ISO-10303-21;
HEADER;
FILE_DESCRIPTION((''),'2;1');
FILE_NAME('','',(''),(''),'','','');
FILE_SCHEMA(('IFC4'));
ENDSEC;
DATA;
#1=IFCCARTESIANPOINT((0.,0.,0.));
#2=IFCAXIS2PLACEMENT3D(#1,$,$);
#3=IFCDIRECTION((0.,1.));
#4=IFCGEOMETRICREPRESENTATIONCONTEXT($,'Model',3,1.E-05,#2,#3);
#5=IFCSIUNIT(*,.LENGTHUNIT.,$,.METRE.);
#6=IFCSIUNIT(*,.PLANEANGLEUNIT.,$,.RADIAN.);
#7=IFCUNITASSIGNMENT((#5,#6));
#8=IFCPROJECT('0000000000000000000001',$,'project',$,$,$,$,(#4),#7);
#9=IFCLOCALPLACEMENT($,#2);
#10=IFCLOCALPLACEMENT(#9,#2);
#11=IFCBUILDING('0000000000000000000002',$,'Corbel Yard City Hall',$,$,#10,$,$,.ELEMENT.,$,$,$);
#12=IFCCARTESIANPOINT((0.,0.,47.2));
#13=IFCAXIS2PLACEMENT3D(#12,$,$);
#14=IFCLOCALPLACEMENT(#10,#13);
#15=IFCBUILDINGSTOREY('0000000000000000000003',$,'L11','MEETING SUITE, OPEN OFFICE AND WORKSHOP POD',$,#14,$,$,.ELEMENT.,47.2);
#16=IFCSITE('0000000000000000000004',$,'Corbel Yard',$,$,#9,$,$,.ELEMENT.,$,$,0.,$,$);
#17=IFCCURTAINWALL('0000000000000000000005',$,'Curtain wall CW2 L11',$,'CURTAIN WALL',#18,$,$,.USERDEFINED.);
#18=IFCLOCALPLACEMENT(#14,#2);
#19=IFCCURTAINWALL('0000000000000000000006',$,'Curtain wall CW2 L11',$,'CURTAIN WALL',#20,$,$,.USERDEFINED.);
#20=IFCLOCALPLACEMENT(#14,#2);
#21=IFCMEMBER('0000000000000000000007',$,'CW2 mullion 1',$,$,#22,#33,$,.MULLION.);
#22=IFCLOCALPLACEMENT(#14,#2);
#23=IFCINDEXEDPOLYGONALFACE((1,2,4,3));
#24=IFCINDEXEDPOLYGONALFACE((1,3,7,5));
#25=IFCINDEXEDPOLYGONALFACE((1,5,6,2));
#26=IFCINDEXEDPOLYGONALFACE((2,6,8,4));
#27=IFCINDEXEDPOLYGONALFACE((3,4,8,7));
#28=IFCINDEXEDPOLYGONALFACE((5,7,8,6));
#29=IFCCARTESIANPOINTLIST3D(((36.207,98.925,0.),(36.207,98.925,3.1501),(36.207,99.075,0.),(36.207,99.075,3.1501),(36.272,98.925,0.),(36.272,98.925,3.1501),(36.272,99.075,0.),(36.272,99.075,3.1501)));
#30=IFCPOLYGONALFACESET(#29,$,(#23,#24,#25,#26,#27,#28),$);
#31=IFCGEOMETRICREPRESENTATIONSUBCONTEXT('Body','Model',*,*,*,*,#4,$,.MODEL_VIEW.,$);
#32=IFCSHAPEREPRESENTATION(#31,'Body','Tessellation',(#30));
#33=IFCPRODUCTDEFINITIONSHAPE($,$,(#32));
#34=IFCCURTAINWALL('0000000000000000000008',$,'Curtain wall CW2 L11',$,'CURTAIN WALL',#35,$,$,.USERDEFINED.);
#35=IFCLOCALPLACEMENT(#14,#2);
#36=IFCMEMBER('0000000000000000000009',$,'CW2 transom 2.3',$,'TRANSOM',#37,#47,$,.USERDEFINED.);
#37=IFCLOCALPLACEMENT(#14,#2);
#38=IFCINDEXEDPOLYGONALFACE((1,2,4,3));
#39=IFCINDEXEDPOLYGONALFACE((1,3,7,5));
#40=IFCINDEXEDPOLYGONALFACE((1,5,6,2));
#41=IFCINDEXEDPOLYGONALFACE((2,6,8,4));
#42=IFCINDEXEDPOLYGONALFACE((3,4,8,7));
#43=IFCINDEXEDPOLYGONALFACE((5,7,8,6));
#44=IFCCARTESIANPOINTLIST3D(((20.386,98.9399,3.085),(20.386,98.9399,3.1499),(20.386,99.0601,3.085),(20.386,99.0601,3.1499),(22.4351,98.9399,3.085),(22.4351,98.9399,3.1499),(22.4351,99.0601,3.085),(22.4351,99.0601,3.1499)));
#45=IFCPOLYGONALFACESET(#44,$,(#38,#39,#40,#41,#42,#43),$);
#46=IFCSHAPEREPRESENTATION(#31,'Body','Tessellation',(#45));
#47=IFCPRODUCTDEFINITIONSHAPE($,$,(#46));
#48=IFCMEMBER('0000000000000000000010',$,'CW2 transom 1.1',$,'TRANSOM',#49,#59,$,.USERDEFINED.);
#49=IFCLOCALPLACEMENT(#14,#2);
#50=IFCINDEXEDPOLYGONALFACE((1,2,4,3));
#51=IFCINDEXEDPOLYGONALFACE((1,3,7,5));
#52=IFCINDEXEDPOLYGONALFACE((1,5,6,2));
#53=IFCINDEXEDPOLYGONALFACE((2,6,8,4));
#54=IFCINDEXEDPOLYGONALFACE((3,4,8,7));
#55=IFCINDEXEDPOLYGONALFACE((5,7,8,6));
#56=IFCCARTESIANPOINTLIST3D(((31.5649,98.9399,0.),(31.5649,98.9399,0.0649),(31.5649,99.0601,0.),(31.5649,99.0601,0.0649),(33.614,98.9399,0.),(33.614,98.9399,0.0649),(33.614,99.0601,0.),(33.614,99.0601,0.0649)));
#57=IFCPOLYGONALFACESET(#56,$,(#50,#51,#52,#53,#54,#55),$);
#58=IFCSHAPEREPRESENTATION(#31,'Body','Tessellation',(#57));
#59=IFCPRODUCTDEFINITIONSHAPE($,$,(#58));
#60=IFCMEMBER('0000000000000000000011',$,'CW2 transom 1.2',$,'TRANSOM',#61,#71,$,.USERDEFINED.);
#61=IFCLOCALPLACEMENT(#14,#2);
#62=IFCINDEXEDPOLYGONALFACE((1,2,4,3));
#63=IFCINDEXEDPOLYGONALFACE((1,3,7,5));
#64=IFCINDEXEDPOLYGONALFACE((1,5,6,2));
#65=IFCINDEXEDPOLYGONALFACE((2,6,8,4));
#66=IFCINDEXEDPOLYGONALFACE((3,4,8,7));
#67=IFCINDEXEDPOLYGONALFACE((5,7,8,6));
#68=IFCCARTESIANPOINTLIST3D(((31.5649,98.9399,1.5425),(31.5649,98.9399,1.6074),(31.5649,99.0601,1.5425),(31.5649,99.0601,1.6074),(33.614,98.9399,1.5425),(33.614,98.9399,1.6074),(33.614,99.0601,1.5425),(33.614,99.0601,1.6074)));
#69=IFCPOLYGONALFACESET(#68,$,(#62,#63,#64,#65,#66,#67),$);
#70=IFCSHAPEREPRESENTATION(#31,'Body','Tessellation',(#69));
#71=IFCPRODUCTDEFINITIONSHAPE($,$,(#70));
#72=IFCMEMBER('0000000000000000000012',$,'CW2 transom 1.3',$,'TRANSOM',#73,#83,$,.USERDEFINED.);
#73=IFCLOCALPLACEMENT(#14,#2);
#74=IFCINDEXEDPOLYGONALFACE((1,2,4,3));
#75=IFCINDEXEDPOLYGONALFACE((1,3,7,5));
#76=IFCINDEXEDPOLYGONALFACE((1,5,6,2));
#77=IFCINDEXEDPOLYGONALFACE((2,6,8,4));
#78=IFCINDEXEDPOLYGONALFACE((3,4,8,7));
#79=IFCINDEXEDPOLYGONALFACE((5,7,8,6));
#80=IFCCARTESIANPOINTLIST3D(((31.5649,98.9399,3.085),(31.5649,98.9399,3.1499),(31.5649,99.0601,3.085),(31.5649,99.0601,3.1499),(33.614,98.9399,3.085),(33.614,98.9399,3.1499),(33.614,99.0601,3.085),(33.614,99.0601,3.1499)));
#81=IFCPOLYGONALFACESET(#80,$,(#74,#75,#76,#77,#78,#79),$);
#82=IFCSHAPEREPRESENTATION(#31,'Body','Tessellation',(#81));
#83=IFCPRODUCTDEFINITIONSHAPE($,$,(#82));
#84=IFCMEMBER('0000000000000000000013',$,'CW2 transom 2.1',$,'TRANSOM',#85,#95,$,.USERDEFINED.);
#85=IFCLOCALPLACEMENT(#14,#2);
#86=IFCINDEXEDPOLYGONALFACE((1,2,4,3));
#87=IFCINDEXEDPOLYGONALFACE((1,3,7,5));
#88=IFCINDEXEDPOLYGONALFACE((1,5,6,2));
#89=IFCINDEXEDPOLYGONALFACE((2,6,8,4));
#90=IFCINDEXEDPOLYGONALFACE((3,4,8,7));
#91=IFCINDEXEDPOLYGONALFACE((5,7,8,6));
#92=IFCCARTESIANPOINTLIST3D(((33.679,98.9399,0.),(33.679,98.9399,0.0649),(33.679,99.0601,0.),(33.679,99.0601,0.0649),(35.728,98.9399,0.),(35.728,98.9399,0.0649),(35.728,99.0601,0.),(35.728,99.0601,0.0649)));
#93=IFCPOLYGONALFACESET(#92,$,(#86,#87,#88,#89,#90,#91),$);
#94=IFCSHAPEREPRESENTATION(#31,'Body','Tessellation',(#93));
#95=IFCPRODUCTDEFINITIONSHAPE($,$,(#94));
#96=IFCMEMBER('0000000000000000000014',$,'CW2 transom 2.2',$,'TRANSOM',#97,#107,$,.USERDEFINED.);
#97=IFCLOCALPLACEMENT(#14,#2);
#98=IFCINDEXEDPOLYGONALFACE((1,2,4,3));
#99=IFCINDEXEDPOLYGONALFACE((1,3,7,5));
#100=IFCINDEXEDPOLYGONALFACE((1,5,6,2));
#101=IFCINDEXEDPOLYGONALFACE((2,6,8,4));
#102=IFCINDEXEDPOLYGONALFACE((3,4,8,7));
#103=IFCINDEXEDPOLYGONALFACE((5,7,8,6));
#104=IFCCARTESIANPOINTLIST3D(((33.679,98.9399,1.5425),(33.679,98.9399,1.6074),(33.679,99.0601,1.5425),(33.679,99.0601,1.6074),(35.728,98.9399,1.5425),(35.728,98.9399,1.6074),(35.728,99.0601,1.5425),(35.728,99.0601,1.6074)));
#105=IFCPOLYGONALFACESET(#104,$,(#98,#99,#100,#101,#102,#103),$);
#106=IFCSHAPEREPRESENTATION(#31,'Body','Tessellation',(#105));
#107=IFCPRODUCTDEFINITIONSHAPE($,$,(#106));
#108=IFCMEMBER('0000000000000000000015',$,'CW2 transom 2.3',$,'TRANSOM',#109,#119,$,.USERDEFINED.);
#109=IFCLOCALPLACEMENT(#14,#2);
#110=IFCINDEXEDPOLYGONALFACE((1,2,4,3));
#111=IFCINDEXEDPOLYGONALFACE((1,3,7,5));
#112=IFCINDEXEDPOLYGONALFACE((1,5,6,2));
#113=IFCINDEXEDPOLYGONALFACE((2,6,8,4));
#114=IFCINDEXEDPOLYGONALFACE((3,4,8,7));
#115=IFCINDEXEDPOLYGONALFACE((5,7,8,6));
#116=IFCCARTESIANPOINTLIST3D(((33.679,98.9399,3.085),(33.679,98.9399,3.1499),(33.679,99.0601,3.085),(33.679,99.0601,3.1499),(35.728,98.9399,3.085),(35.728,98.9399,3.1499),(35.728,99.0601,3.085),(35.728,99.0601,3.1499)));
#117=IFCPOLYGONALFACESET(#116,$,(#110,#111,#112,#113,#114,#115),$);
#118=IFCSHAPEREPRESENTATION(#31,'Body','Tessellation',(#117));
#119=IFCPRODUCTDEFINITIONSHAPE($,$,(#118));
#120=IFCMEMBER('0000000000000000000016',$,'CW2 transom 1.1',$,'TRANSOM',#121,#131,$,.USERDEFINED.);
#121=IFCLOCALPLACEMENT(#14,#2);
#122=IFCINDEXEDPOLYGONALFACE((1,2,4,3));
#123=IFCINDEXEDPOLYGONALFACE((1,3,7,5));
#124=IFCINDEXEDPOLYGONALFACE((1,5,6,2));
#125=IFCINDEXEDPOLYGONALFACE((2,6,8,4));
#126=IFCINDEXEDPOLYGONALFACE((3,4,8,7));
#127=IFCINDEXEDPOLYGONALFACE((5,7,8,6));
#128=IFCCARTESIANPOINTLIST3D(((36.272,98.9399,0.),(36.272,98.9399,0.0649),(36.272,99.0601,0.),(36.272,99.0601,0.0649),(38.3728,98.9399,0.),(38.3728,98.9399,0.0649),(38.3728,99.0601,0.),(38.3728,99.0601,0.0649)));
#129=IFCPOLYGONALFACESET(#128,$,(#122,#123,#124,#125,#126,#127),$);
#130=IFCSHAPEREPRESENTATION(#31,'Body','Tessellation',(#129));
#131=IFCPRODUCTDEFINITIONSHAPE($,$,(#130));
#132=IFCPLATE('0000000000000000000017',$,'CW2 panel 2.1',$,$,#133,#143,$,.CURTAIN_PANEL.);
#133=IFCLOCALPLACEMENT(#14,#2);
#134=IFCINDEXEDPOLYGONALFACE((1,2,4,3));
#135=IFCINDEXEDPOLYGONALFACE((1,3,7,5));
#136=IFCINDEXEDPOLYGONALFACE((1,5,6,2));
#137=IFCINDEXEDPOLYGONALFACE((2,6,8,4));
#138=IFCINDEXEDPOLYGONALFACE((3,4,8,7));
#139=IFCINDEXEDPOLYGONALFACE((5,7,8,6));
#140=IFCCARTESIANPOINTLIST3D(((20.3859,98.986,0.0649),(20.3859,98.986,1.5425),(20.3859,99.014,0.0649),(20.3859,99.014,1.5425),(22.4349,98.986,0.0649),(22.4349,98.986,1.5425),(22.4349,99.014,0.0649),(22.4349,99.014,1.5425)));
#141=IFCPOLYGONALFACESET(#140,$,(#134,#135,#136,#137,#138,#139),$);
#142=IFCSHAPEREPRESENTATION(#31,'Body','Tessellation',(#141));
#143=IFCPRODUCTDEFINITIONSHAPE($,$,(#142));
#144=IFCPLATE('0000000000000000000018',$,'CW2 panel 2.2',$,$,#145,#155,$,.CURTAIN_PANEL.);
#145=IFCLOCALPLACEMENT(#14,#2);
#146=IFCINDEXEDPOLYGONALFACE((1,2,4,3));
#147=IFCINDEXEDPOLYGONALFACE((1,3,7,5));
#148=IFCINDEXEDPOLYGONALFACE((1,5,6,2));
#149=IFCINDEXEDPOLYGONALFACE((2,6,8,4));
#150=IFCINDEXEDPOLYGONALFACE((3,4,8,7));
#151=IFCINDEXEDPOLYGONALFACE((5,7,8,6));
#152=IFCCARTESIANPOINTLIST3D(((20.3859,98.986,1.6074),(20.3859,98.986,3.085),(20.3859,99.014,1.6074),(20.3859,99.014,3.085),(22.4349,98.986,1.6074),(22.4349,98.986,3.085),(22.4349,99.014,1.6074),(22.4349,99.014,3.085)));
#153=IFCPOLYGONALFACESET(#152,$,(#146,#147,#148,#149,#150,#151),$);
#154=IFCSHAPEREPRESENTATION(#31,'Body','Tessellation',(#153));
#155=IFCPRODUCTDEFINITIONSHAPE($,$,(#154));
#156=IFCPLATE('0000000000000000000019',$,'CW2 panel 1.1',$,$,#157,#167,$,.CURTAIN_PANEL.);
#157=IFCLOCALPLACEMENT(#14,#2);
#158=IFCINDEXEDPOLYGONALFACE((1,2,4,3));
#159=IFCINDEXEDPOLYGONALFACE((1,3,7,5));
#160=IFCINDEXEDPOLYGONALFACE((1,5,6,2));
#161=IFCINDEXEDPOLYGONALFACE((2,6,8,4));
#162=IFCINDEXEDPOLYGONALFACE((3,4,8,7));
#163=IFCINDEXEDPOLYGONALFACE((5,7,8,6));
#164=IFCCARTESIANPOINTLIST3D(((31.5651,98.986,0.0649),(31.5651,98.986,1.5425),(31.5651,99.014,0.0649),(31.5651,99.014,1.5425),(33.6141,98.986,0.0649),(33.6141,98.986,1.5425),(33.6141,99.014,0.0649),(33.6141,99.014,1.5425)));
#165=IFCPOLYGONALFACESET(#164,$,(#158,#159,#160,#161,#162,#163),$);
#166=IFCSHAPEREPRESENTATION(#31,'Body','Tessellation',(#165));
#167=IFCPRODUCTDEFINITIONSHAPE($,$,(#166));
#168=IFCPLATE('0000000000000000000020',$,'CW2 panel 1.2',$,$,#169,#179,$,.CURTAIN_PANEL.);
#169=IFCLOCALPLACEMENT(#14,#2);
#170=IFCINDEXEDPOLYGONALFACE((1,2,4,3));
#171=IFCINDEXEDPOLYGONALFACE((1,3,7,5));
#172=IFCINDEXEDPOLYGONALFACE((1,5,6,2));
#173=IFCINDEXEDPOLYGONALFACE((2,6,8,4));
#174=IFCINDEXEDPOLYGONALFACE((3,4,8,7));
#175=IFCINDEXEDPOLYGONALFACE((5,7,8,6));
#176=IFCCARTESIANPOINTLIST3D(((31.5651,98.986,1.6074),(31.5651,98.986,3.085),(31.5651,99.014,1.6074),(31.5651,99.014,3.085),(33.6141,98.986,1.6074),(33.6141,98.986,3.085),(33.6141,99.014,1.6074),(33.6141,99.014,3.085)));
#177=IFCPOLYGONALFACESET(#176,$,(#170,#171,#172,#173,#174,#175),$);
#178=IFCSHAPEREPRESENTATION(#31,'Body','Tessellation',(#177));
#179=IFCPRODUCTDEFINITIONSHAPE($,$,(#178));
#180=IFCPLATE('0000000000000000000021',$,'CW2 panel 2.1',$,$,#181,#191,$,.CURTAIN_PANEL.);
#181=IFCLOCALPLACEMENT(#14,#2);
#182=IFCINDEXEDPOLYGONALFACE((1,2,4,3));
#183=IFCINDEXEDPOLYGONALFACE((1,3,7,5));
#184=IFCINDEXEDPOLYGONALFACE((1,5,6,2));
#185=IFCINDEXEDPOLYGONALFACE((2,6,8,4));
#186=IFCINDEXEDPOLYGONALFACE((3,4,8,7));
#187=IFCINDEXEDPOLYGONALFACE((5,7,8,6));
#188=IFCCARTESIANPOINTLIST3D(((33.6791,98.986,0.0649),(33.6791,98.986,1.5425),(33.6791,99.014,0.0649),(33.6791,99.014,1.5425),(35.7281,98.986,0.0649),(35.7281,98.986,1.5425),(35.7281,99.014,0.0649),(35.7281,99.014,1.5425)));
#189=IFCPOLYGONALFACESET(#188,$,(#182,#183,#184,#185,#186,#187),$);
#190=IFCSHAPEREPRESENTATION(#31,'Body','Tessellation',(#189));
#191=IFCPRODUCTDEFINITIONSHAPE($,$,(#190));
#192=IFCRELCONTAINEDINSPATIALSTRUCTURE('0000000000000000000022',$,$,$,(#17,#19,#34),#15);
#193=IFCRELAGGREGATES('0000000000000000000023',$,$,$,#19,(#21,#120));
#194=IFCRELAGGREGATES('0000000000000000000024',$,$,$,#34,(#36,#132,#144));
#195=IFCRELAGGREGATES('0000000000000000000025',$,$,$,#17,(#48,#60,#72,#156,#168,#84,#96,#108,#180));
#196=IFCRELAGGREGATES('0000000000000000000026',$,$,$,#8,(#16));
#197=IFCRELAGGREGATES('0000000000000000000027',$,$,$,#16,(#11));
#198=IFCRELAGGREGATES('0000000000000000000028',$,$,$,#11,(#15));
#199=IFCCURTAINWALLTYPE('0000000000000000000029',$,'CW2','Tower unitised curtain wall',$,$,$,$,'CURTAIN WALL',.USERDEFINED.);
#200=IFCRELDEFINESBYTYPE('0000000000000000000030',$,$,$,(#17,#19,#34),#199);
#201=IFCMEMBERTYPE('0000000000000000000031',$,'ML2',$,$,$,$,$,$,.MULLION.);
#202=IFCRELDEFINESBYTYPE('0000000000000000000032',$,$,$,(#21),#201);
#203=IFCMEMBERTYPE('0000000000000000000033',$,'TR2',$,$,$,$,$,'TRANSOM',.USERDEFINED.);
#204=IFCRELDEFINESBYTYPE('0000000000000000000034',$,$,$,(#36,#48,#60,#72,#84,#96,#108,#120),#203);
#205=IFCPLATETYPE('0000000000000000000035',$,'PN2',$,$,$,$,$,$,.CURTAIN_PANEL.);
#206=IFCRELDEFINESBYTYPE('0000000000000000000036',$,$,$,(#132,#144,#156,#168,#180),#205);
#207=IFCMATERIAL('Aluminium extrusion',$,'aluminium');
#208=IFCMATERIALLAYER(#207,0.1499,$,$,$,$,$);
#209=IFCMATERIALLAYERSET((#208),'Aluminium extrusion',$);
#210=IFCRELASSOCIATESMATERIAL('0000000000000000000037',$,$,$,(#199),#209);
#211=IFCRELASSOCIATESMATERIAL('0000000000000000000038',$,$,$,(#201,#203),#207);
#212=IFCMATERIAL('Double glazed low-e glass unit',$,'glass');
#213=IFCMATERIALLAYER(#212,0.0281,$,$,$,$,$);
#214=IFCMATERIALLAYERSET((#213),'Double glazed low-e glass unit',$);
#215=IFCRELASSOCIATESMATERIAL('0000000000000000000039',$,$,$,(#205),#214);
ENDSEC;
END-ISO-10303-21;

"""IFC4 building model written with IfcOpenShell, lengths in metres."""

from ifc_helpers import new_model, si_unit, direction, frame, origin, origin_2d, place, context, subcontext, project, spatial, rectangle, extrude, material, layer, layer_set, material_profile, profile_set, type_object, element, aggregate, save


model = new_model("IFC4")

# Units and contexts
model_context = context("Model", 3, precision=1e-05, world=origin(), true_north=direction((0.0, 1.0)))
body_context = subcontext(model_context, "Body", "Model", "MODEL_VIEW")
ifc_project = project(units=[si_unit("LENGTHUNIT", "METRE"), si_unit("PLANEANGLEUNIT", "RADIAN")], contexts=[model_context])

# Site, building, storey
site_placement = place(None, origin())
site = spatial("IfcSite", under=ifc_project, at=site_placement, Name="Corbel Yard", CompositionType="ELEMENT", RefElevation=0.0)
building_placement = place(site_placement, origin())
building = spatial("IfcBuilding", under=site, at=building_placement, Name="Corbel Yard City Hall", CompositionType="ELEMENT")
storey_placement = place(building_placement, frame((0.0, 0.0, 47.2)))
storey = spatial("IfcBuildingStorey", under=building, at=storey_placement, Name="L11", Description="MEETING SUITE, OPEN OFFICE AND WORKSHOP POD", CompositionType="ELEMENT", Elevation=47.2)

# Curtain wall
ifc_material_1 = material(Name="Aluminium extrusion", Category="aluminium")
ifc_layer_1 = layer(ifc_material_1, 0.1499)
ifc_layer_set_1 = layer_set([ifc_layer_1], Name="Aluminium extrusion")
curtain_wall_type = type_object("IfcCurtainWallType", Name="CW2", Description="Tower unitised curtain wall", ElementType="CURTAIN WALL", PredefinedType="USERDEFINED", material=ifc_layer_set_1)
curtain_wall_1_placement = place(storey_placement, origin())
curtain_wall_1 = element("IfcCurtainWall", 1, at=curtain_wall_1_placement, inside=storey, type_object=curtain_wall_type, Name="Curtain wall CW2 L11", ObjectType="CURTAIN WALL", PredefinedType="USERDEFINED")
ifc_material_profile_1 = material_profile(ifc_material_1, rectangle(XDim=0.1499, YDim=0.0649, at=origin_2d()), Name="150x65")
ifc_profile_set_1 = profile_set([ifc_material_profile_1], Name="Aluminium extrusion")
member_type_1 = type_object("IfcMemberType", Name="ML2", PredefinedType="MULLION", material=ifc_profile_set_1)

# Curtain walls, members
curtain_wall_2_placement = place(storey_placement, origin())
curtain_wall_2 = element("IfcCurtainWall", 2, at=curtain_wall_2_placement, inside=storey, type_object=curtain_wall_type, Name="Curtain wall CW2 L11", ObjectType="CURTAIN WALL", PredefinedType="USERDEFINED")
member_1_placement = place(storey_placement, frame((36.2395, 99.0, 0.0), z_axis=(0.0, 0.0, 1.0), x_axis=(0.0, 1.0, 0.0)))
member_1 = element("IfcMember", 3, at=member_1_placement, type_object=member_type_1, Name="CW2 mullion 1", PredefinedType="MULLION", context=body_context, shape_type="SweptSolid", body=[
    extrude(rectangle(XDim=0.1499, YDim=0.0649, at=origin_2d()), origin(), (0.0, 0.0, 1.0), 3.1501),
])
curtain_wall_3_placement = place(storey_placement, origin())
curtain_wall_3 = element("IfcCurtainWall", 4, at=curtain_wall_3_placement, inside=storey, type_object=curtain_wall_type, Name="Curtain wall CW2 L11", ObjectType="CURTAIN WALL", PredefinedType="USERDEFINED")
ifc_material_profile_2 = material_profile(ifc_material_1, rectangle(XDim=0.1201, YDim=0.0649, at=origin_2d()), Name="120x65")
ifc_profile_set_2 = profile_set([ifc_material_profile_2], Name="Aluminium extrusion")
member_type_2 = type_object("IfcMemberType", Name="TR2", ElementType="TRANSOM", PredefinedType="USERDEFINED", material=ifc_profile_set_2)
member_2_placement = place(storey_placement, frame((20.386, 99.0, 3.1174), z_axis=(1.0, 0.0, 0.0), x_axis=(0.0, 1.0, 0.0)))
member_2 = element("IfcMember", 5, at=member_2_placement, type_object=member_type_2, Name="CW2 transom 2.3", ObjectType="TRANSOM", PredefinedType="USERDEFINED", context=body_context, shape_type="SweptSolid", body=[
    extrude(rectangle(XDim=0.1201, YDim=0.0649, at=origin_2d()), origin(), (0.0, 0.0, 1.0), 2.0491),
])

# Members
member_3_placement = place(storey_placement, frame((31.5649, 99.0, 0.0325), z_axis=(1.0, 0.0, 0.0), x_axis=(0.0, 1.0, 0.0)))
member_3 = element("IfcMember", 6, at=member_3_placement, type_object=member_type_2, Name="CW2 transom 1.1", ObjectType="TRANSOM", PredefinedType="USERDEFINED", context=body_context, shape_type="SweptSolid", body=[
    extrude(rectangle(XDim=0.1201, YDim=0.0649, at=origin_2d()), origin(), (0.0, 0.0, 1.0), 2.0491),
])
member_4_placement = place(storey_placement, frame((31.5649, 99.0, 1.575), z_axis=(1.0, 0.0, 0.0), x_axis=(0.0, 1.0, 0.0)))
member_4 = element("IfcMember", 7, at=member_4_placement, type_object=member_type_2, Name="CW2 transom 1.2", ObjectType="TRANSOM", PredefinedType="USERDEFINED", context=body_context, shape_type="SweptSolid", body=[
    extrude(rectangle(XDim=0.1201, YDim=0.0649, at=origin_2d()), origin(), (0.0, 0.0, 1.0), 2.0491),
])
member_5_placement = place(storey_placement, frame((31.5649, 99.0, 3.1174), z_axis=(1.0, 0.0, 0.0), x_axis=(0.0, 1.0, 0.0)))
member_5 = element("IfcMember", 8, at=member_5_placement, type_object=member_type_2, Name="CW2 transom 1.3", ObjectType="TRANSOM", PredefinedType="USERDEFINED", context=body_context, shape_type="SweptSolid", body=[
    extrude(rectangle(XDim=0.1201, YDim=0.0649, at=origin_2d()), origin(), (0.0, 0.0, 1.0), 2.0491),
])
member_6_placement = place(storey_placement, frame((33.679, 99.0, 0.0325), z_axis=(1.0, 0.0, 0.0), x_axis=(0.0, 1.0, 0.0)))
member_6 = element("IfcMember", 9, at=member_6_placement, type_object=member_type_2, Name="CW2 transom 2.1", ObjectType="TRANSOM", PredefinedType="USERDEFINED", context=body_context, shape_type="SweptSolid", body=[
    extrude(rectangle(XDim=0.1201, YDim=0.0649, at=origin_2d()), origin(), (0.0, 0.0, 1.0), 2.0491),
])
member_7_placement = place(storey_placement, frame((33.679, 99.0, 1.575), z_axis=(1.0, 0.0, 0.0), x_axis=(0.0, 1.0, 0.0)))
member_7 = element("IfcMember", 10, at=member_7_placement, type_object=member_type_2, Name="CW2 transom 2.2", ObjectType="TRANSOM", PredefinedType="USERDEFINED", context=body_context, shape_type="SweptSolid", body=[
    extrude(rectangle(XDim=0.1201, YDim=0.0649, at=origin_2d()), origin(), (0.0, 0.0, 1.0), 2.0491),
])
member_8_placement = place(storey_placement, frame((33.679, 99.0, 3.1174), z_axis=(1.0, 0.0, 0.0), x_axis=(0.0, 1.0, 0.0)))
member_8 = element("IfcMember", 11, at=member_8_placement, type_object=member_type_2, Name="CW2 transom 2.3", ObjectType="TRANSOM", PredefinedType="USERDEFINED", context=body_context, shape_type="SweptSolid", body=[
    extrude(rectangle(XDim=0.1201, YDim=0.0649, at=origin_2d()), origin(), (0.0, 0.0, 1.0), 2.0491),
])
member_9_placement = place(storey_placement, frame((36.272, 99.0, 0.0325), z_axis=(1.0, 0.0, 0.0), x_axis=(0.0, 1.0, 0.0)))
member_9 = element("IfcMember", 12, at=member_9_placement, type_object=member_type_2, Name="CW2 transom 1.1", ObjectType="TRANSOM", PredefinedType="USERDEFINED", context=body_context, shape_type="SweptSolid", body=[
    extrude(rectangle(XDim=0.1201, YDim=0.0649, at=origin_2d()), origin(), (0.0, 0.0, 1.0), 2.1008),
])
aggregate(curtain_wall_2, [member_1, member_9])

# Plates
ifc_material_2 = material(Name="Double glazed low-e glass unit", Category="glass")
ifc_layer_2 = layer(ifc_material_2, 0.0281)
ifc_layer_set_2 = layer_set([ifc_layer_2], Name="Double glazed low-e glass unit")
plate_type = type_object("IfcPlateType", Name="PN2", PredefinedType="CURTAIN_PANEL", material=ifc_layer_set_2)
plate_1_placement = place(storey_placement, frame((21.4104, 99.0, 0.0649), z_axis=(0.0, 0.0, 1.0), x_axis=(1.0, 0.0, 0.0)))
plate_1 = element("IfcPlate", 13, at=plate_1_placement, type_object=plate_type, Name="CW2 panel 2.1", PredefinedType="CURTAIN_PANEL", context=body_context, shape_type="SweptSolid", body=[
    extrude(rectangle(XDim=2.0491, YDim=0.0281, at=origin_2d()), origin(), (0.0, 0.0, 1.0), 1.4775),
])
plate_2_placement = place(storey_placement, frame((21.4104, 99.0, 1.6074), z_axis=(0.0, 0.0, 1.0), x_axis=(1.0, 0.0, 0.0)))
plate_2 = element("IfcPlate", 14, at=plate_2_placement, type_object=plate_type, Name="CW2 panel 2.2", PredefinedType="CURTAIN_PANEL", context=body_context, shape_type="SweptSolid", body=[
    extrude(rectangle(XDim=2.0491, YDim=0.0281, at=origin_2d()), origin(), (0.0, 0.0, 1.0), 1.4775),
])
aggregate(curtain_wall_3, [member_2, plate_1, plate_2])
plate_3_placement = place(storey_placement, frame((32.5896, 99.0, 0.0649), z_axis=(0.0, 0.0, 1.0), x_axis=(1.0, 0.0, 0.0)))
plate_3 = element("IfcPlate", 15, at=plate_3_placement, type_object=plate_type, Name="CW2 panel 1.1", PredefinedType="CURTAIN_PANEL", context=body_context, shape_type="SweptSolid", body=[
    extrude(rectangle(XDim=2.0491, YDim=0.0281, at=origin_2d()), origin(), (0.0, 0.0, 1.0), 1.4775),
])
plate_4_placement = place(storey_placement, frame((32.5896, 99.0, 1.6074), z_axis=(0.0, 0.0, 1.0), x_axis=(1.0, 0.0, 0.0)))
plate_4 = element("IfcPlate", 16, at=plate_4_placement, type_object=plate_type, Name="CW2 panel 1.2", PredefinedType="CURTAIN_PANEL", context=body_context, shape_type="SweptSolid", body=[
    extrude(rectangle(XDim=2.0491, YDim=0.0281, at=origin_2d()), origin(), (0.0, 0.0, 1.0), 1.4775),
])
plate_5_placement = place(storey_placement, frame((34.7036, 99.0, 0.0649), z_axis=(0.0, 0.0, 1.0), x_axis=(1.0, 0.0, 0.0)))
plate_5 = element("IfcPlate", 17, at=plate_5_placement, type_object=plate_type, Name="CW2 panel 2.1", PredefinedType="CURTAIN_PANEL", context=body_context, shape_type="SweptSolid", body=[
    extrude(rectangle(XDim=2.0491, YDim=0.0281, at=origin_2d()), origin(), (0.0, 0.0, 1.0), 1.4775),
])
aggregate(curtain_wall_1, [member_3, member_4, member_5, plate_3, plate_4, member_6, member_7, member_8, plate_5])

save(model, "model.ifc")
